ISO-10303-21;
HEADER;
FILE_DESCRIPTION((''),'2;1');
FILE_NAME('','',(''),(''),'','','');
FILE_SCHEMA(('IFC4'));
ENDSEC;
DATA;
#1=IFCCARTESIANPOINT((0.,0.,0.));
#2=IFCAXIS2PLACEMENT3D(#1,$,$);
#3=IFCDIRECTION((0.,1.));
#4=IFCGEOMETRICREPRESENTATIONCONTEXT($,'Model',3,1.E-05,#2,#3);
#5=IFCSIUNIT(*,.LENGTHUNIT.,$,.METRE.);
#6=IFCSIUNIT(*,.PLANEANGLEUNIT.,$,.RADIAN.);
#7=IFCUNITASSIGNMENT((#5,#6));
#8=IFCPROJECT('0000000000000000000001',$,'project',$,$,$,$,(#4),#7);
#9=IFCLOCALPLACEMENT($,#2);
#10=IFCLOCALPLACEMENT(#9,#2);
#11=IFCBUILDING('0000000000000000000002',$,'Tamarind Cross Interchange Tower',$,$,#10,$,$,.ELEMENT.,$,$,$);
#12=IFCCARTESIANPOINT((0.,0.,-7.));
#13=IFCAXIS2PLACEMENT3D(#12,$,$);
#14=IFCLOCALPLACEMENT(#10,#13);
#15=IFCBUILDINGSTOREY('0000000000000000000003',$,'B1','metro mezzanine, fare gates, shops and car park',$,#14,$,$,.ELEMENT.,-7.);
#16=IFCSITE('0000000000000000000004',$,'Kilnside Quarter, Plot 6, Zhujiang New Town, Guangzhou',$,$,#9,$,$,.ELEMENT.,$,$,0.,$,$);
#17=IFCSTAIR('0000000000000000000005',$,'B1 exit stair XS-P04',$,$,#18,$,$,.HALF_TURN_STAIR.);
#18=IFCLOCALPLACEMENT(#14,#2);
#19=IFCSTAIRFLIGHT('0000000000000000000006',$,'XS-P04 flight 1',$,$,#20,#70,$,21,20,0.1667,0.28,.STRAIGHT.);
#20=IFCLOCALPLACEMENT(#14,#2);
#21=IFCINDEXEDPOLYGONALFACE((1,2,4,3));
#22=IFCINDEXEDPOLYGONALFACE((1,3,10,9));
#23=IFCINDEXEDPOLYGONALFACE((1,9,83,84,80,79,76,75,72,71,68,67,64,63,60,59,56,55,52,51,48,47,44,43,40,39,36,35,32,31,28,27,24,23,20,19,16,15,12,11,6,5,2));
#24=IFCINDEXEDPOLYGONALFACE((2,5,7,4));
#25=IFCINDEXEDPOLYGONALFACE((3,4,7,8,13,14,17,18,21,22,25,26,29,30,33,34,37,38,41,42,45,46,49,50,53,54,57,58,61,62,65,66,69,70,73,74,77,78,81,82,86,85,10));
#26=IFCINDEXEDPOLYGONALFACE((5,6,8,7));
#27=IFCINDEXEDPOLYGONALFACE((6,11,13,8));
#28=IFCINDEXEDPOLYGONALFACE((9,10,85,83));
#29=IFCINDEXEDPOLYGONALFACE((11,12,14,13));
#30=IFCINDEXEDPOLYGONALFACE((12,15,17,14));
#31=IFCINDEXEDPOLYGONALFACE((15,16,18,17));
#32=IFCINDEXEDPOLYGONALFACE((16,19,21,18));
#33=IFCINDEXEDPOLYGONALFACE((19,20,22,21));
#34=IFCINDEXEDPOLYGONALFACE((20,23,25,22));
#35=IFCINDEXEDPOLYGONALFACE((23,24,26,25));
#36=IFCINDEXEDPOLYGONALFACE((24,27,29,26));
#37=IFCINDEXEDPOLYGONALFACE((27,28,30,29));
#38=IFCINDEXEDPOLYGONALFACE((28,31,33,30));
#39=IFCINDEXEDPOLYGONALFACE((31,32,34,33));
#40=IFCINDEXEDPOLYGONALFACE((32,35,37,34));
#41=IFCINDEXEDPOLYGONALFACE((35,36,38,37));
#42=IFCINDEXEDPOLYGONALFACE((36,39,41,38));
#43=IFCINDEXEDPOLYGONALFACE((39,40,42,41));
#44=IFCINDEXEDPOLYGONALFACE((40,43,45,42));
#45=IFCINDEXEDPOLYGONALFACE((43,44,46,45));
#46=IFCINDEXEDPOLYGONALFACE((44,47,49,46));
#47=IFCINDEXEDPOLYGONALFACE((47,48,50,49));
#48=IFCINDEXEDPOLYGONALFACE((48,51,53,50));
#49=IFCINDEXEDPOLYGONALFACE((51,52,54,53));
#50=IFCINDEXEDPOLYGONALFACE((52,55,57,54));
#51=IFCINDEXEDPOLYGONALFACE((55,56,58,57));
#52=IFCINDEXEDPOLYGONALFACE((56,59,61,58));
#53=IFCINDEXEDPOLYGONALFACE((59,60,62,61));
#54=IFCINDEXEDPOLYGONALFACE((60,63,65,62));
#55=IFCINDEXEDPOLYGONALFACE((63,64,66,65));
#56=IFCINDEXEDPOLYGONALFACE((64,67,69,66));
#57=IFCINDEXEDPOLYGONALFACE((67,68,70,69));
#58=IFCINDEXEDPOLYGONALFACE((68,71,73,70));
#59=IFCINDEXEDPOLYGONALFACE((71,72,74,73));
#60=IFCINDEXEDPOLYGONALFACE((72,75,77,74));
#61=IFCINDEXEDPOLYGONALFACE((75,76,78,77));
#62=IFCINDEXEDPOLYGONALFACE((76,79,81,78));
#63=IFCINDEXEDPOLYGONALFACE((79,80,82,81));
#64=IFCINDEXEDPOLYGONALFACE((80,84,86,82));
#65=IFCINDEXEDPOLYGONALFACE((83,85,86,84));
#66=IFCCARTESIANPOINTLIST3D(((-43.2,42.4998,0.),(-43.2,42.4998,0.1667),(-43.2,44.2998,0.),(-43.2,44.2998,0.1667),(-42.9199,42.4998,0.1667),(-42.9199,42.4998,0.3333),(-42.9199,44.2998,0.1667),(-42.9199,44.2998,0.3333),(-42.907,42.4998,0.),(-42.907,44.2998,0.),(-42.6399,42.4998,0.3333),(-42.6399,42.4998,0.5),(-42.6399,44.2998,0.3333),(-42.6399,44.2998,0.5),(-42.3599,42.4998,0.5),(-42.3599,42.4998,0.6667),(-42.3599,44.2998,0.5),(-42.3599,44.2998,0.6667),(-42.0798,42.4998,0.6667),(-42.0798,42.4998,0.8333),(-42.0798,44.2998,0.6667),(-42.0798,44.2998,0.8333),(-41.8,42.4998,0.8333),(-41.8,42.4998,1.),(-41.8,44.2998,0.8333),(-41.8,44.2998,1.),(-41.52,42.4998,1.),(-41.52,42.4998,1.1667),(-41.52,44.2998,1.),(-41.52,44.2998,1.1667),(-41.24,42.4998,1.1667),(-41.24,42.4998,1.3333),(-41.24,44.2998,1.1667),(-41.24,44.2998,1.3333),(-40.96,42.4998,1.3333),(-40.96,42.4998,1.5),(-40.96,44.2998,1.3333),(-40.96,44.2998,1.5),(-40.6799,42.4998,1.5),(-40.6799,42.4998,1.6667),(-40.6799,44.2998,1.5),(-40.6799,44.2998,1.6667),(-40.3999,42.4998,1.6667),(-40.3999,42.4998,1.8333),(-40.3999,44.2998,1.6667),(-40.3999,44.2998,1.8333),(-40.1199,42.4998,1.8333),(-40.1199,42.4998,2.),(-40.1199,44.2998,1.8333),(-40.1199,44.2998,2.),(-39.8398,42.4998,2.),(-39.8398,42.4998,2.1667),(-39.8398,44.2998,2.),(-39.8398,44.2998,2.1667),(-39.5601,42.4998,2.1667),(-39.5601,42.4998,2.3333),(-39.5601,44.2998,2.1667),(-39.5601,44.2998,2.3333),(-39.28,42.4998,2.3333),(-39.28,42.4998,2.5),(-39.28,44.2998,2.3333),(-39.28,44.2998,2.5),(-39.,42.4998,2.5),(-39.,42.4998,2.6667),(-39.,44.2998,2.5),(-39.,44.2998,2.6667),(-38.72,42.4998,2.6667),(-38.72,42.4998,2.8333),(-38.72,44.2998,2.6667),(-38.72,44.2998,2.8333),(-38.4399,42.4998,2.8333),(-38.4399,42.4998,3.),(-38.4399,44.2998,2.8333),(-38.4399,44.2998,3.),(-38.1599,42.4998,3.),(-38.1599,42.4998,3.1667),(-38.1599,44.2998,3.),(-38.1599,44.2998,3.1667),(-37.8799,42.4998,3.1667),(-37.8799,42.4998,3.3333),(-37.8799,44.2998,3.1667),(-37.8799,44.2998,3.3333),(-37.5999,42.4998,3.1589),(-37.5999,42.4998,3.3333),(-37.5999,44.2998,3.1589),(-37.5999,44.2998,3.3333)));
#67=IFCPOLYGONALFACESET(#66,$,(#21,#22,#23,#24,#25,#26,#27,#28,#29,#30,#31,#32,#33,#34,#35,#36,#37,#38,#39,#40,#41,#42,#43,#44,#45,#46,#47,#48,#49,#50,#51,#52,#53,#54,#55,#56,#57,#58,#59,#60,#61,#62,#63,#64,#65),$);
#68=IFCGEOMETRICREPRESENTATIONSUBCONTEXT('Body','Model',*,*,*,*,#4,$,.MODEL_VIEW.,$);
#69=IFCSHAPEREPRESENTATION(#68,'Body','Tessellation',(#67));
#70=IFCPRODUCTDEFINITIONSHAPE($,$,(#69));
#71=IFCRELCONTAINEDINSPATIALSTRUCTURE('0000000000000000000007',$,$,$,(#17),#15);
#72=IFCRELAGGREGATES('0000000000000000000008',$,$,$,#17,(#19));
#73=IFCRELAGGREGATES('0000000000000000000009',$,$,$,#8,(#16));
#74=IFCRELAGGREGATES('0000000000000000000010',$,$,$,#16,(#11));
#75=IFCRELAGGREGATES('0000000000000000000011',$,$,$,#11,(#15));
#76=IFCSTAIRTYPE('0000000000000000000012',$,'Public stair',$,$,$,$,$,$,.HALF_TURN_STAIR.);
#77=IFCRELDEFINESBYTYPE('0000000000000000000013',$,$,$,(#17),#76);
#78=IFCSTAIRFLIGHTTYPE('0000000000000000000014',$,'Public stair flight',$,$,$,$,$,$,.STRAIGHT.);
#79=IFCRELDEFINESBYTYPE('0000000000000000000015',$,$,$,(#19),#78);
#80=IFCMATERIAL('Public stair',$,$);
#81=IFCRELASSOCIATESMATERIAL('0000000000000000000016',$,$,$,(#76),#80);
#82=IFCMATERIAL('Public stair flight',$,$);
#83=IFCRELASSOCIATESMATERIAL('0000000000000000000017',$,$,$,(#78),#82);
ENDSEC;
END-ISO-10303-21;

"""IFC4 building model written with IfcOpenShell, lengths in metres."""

from ifc_helpers import new_model, si_unit, direction, frame, origin, place, context, subcontext, project, spatial, polyline, outline, extrude, material, type_object, element, aggregate, save


model = new_model("IFC4")

# Units and contexts
model_context = context("Model", 3, precision=1e-05, world=origin(), true_north=direction((0.0, 1.0)))
body_context = subcontext(model_context, "Body", "Model", "MODEL_VIEW")
ifc_project = project(units=[si_unit("LENGTHUNIT", "METRE"), si_unit("PLANEANGLEUNIT", "RADIAN")], contexts=[model_context])

# Site, building, storey
site_placement = place(None, origin())
site = spatial("IfcSite", under=ifc_project, at=site_placement, Name="Kilnside Quarter, Plot 6, Zhujiang New Town, Guangzhou", CompositionType="ELEMENT", RefElevation=0.0)
building_placement = place(site_placement, origin())
building = spatial("IfcBuilding", under=site, at=building_placement, Name="Tamarind Cross Interchange Tower", CompositionType="ELEMENT")
storey_placement = place(building_placement, frame((0.0, 0.0, -7.0)))
storey = spatial("IfcBuildingStorey", under=building, at=storey_placement, Name="B1", Description="metro mezzanine, fare gates, shops and car park", CompositionType="ELEMENT", Elevation=-7.0)

# Stair, stair flight
ifc_material_1 = material(Name="Public stair")
stair_type = type_object("IfcStairType", Name="Public stair", PredefinedType="HALF_TURN_STAIR", material=ifc_material_1)
stair_placement = place(storey_placement, origin())
stair = element("IfcStair", 1, at=stair_placement, inside=storey, type_object=stair_type, Name="B1 exit stair XS-P04", PredefinedType="HALF_TURN_STAIR")
ifc_material_2 = material(Name="Public stair flight")
stair_flight_type = type_object("IfcStairFlightType", Name="Public stair flight", PredefinedType="STRAIGHT", material=ifc_material_2)
stair_flight_placement = place(storey_placement, frame((-43.2, 43.3999, 0.0), z_axis=(0.0, 0.0, 1.0), x_axis=(1.0, 0.0, 0.0)))
stair_flight = element("IfcStairFlight", 2, at=stair_flight_placement, type_object=stair_flight_type, Name="XS-P04 flight 1", NumberOfRisers=21, NumberOfTreads=20, PredefinedType="STRAIGHT", RiserHeight=0.1667, TreadLength=0.28, context=body_context, shape_type="SweptSolid", body=[
    extrude(outline(polyline([(0.0, 0.0), (0.0, 0.1667), (0.28, 0.1667), (0.28, 0.3333), (0.5601, 0.3333), (0.5601, 0.5), (0.8401, 0.5), (0.8401, 0.6667), (1.1201, 0.6667), (1.1201, 0.8333), (1.3999, 0.8333), (1.3999, 1.0), (1.6799, 1.0), (1.6799, 1.1667), (1.96, 1.1667), (1.96, 1.3333), (2.24, 1.3333), (2.24, 1.5), (2.52, 1.5), (2.52, 1.6667), (2.8, 1.6667), (2.8, 1.8333), (3.0801, 1.8333), (3.0801, 2.0), (3.3601, 2.0), (3.3601, 2.1667), (3.6399, 2.1667), (3.6399, 2.3333), (3.9199, 2.3333), (3.9199, 2.5), (4.2, 2.5), (4.2, 2.6667), (4.48, 2.6667), (4.48, 2.8333), (4.76, 2.8333), (4.76, 3.0), (5.04, 3.0), (5.04, 3.1667), (5.3201, 3.1667), (5.3201, 3.3333), (5.6001, 3.3333), (5.6001, 3.5), (5.6001, 3.1589), (0.293, 0.0), (0.0, 0.0)])), frame((0.0, 0.8999, 0.0), z_axis=(0.0, -1.0, 0.0), x_axis=(1.0, 0.0, 0.0)), (0.0, 0.0, 1.0), 1.8),
])
aggregate(stair, [stair_flight])

save(model, "model.ifc")
